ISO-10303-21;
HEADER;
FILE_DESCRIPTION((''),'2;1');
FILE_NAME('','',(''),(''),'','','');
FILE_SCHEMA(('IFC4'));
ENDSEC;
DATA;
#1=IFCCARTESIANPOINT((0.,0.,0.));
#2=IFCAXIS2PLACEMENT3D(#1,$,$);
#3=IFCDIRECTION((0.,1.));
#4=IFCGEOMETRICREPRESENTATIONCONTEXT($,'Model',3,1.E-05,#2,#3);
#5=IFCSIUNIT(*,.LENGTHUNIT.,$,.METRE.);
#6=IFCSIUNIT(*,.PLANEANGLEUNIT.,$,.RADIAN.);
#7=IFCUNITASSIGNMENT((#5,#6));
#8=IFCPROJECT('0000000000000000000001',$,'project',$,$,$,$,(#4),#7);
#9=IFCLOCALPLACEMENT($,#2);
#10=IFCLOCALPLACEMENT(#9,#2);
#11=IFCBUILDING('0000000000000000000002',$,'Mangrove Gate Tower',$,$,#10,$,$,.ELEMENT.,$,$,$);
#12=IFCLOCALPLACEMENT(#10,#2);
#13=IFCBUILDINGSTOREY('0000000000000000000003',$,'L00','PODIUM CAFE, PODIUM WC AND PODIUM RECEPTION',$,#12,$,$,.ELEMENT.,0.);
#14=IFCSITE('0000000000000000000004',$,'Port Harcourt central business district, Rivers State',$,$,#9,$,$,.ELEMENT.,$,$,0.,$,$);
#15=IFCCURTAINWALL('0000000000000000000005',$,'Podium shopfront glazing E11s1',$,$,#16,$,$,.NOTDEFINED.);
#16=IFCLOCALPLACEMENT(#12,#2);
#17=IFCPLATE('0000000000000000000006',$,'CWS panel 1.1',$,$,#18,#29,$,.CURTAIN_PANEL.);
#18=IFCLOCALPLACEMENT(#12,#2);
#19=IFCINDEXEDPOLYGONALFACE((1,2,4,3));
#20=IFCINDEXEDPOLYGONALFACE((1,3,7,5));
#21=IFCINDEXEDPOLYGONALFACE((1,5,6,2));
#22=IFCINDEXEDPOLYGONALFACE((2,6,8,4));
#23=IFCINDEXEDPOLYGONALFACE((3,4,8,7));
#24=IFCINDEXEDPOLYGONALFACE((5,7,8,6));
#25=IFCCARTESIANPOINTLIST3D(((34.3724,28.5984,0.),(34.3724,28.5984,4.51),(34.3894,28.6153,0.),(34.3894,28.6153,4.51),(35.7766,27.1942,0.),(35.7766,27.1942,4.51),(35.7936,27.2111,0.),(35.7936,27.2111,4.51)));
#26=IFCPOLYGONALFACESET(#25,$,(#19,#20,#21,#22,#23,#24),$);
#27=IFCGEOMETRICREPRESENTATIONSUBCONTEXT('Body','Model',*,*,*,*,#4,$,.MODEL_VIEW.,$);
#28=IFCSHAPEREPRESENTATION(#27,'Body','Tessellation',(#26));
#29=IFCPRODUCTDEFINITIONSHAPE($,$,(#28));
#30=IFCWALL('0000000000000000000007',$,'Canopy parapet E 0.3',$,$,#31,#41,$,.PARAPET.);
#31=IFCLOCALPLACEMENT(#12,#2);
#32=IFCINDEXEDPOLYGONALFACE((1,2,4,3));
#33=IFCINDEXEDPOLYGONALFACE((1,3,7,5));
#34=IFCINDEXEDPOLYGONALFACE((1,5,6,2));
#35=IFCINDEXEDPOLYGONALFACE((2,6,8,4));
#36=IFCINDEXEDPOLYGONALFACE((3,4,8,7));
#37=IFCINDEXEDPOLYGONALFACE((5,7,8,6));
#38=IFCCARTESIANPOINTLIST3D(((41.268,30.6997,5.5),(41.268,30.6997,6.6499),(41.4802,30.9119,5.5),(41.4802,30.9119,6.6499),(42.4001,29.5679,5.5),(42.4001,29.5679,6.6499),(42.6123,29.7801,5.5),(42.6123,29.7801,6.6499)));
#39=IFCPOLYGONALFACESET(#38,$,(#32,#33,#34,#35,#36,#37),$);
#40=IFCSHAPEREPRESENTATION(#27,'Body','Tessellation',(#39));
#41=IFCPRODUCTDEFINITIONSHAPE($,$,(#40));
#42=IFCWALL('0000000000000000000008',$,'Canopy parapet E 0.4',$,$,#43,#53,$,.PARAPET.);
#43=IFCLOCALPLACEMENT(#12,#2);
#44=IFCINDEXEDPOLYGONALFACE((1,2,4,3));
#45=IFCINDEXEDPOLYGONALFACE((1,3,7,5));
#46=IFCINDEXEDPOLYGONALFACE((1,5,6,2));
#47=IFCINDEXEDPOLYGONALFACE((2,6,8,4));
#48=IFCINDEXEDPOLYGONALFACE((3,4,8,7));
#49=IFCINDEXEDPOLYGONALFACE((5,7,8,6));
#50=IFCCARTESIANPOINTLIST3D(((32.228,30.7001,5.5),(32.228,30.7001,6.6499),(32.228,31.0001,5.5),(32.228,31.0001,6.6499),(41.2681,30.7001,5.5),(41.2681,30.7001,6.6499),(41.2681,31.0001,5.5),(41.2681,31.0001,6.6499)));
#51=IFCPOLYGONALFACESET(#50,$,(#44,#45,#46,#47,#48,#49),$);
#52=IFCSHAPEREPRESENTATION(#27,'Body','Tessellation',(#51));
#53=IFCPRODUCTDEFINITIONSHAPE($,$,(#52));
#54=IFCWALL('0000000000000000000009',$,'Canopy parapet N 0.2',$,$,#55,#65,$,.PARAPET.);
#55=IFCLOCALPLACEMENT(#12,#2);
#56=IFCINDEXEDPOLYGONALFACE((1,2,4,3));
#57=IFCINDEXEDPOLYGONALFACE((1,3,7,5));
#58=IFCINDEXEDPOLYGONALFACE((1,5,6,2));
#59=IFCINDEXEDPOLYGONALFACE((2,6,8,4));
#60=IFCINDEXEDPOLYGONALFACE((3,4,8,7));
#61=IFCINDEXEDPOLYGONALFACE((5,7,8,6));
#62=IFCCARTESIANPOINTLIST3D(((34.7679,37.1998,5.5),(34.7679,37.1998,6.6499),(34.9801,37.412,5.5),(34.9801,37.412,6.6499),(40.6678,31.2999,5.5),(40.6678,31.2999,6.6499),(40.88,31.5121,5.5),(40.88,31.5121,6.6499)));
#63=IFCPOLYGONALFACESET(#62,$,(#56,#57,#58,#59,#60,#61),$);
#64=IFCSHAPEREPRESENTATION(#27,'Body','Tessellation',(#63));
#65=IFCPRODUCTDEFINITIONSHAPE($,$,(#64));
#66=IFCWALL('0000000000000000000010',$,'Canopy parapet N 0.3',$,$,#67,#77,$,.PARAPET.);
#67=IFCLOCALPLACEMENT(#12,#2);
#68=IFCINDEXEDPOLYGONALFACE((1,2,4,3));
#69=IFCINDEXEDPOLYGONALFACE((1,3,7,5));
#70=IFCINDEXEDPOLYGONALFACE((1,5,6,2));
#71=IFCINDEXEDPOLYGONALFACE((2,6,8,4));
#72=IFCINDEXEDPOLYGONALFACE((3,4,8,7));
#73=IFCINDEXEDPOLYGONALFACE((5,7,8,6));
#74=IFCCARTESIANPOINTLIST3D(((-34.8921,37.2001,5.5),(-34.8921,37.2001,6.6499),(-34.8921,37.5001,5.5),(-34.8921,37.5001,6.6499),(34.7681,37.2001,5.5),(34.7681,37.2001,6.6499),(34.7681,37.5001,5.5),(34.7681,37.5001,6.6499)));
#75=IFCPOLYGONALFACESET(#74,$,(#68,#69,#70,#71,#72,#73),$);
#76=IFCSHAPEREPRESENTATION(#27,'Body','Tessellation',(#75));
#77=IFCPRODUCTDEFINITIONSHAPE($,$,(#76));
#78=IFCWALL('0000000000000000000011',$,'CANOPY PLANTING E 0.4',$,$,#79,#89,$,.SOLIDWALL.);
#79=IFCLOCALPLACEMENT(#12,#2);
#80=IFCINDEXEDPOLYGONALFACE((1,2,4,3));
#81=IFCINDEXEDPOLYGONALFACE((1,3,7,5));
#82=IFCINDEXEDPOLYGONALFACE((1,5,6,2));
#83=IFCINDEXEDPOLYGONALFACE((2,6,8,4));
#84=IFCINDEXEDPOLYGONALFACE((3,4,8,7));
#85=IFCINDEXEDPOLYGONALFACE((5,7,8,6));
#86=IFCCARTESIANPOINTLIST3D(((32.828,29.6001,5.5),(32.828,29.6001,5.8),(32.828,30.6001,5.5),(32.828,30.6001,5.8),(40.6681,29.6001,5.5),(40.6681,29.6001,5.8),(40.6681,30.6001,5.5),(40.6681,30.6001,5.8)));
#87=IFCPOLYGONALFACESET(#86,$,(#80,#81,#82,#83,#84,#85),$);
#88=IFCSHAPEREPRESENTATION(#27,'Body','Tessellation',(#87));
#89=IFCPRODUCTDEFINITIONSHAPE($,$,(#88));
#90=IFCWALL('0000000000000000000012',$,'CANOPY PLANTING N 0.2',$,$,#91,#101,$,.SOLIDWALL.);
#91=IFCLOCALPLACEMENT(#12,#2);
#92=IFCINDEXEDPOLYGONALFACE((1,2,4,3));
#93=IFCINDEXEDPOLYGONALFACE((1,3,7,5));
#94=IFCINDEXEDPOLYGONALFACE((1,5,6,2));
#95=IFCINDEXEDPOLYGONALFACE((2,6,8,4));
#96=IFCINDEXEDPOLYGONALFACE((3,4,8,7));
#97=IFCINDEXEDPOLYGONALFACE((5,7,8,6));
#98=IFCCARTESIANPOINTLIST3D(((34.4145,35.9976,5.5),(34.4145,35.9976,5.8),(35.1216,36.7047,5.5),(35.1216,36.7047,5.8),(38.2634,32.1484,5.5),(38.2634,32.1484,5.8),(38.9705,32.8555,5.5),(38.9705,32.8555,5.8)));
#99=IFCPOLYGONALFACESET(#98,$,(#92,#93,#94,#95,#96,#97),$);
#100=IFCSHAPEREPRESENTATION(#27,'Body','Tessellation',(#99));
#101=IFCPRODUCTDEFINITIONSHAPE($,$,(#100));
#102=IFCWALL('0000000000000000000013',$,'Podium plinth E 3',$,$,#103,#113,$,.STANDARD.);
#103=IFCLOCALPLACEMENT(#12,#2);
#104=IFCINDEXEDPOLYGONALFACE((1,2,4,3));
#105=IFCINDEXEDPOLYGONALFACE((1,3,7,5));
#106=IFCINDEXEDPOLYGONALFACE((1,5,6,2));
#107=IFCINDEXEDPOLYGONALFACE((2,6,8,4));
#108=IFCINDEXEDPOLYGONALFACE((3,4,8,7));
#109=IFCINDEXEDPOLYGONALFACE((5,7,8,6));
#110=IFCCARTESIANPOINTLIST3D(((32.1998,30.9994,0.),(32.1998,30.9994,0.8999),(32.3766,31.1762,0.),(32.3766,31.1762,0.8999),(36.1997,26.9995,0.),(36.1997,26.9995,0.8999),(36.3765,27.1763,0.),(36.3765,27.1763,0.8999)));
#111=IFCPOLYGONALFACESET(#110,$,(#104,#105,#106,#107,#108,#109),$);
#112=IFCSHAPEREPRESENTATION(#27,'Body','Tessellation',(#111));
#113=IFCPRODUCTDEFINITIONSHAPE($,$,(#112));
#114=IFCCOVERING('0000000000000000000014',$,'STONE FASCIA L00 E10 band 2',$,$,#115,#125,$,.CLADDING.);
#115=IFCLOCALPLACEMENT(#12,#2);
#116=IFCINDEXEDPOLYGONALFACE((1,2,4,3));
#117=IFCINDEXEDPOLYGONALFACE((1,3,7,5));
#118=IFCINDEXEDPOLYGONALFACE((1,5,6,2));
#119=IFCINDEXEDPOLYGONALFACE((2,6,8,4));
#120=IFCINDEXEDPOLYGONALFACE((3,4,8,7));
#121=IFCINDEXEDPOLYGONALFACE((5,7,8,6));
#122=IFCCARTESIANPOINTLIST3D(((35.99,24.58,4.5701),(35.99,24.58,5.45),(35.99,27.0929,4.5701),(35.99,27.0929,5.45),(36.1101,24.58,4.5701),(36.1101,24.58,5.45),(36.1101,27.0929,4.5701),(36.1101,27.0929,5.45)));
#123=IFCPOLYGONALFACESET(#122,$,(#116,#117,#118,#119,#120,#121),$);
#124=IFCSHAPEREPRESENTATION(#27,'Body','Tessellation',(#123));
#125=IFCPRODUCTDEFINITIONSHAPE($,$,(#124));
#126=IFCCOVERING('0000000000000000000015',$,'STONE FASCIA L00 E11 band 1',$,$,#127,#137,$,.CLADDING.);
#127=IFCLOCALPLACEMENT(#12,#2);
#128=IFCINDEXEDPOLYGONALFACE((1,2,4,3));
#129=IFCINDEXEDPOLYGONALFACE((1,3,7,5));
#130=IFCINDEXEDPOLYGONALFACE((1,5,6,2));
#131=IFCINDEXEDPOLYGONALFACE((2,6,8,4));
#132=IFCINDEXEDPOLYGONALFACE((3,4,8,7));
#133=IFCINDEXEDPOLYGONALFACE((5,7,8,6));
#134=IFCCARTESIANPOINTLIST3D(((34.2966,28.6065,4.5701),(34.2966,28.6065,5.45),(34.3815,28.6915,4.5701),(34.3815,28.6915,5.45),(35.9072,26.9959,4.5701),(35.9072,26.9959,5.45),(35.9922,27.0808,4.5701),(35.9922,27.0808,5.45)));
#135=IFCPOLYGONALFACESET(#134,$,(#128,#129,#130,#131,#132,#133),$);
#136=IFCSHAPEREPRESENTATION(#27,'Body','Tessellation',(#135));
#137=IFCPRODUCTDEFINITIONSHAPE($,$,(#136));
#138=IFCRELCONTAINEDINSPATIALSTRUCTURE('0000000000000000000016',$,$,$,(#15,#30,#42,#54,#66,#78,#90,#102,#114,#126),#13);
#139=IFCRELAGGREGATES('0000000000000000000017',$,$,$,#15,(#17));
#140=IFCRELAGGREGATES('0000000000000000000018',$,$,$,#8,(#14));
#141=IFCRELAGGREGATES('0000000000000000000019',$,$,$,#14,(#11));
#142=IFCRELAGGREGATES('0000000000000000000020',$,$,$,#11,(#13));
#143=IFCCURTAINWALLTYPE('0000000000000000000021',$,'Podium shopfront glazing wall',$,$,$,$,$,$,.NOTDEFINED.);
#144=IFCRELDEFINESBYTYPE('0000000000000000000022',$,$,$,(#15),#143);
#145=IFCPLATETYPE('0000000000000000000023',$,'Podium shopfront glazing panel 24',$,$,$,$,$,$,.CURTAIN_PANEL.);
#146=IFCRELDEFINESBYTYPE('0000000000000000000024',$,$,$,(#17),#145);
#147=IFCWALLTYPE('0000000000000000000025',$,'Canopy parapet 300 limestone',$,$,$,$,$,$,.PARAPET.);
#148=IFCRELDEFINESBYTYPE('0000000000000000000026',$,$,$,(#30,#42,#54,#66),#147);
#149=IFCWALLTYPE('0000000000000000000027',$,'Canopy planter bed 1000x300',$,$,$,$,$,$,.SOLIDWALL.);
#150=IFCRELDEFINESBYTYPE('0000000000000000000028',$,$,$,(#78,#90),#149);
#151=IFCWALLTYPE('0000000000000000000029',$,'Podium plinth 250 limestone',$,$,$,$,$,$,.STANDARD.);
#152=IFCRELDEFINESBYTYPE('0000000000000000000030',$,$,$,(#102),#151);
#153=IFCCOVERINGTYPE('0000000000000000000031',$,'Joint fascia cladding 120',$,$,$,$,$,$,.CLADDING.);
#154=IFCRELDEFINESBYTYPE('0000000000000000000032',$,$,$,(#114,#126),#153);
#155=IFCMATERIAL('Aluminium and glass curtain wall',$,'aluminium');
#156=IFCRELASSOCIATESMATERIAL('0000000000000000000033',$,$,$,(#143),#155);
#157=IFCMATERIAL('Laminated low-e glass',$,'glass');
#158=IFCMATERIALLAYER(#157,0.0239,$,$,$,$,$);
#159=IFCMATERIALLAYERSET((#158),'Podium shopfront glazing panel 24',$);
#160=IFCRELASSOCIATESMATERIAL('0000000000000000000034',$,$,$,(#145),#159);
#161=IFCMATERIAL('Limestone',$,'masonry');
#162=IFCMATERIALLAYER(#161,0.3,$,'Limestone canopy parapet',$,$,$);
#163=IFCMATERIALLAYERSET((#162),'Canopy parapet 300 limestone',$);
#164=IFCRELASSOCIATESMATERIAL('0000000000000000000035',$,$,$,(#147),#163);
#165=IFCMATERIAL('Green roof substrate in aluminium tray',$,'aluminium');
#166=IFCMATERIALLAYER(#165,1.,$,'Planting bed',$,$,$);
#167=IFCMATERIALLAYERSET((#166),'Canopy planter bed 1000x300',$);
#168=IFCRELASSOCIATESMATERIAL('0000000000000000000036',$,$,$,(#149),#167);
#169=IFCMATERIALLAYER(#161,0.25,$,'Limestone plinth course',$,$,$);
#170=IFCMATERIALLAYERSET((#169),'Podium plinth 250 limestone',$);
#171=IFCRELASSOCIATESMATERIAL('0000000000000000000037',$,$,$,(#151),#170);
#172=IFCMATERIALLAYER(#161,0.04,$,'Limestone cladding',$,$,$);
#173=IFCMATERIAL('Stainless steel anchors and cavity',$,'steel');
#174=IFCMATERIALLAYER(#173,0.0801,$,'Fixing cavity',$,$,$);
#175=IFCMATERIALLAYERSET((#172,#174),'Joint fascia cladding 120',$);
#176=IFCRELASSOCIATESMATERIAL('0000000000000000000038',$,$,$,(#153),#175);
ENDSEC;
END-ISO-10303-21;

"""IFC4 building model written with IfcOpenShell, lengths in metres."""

from ifc_helpers import new_model, si_unit, direction, frame, frame_2d, origin, origin_2d, place, context, subcontext, project, spatial, rectangle, extrude, material, layer, layer_set, type_object, element, aggregate, save


model = new_model("IFC4")

# Units and contexts
model_context = context("Model", 3, precision=1e-05, world=origin(), true_north=direction((0.0, 1.0)))
body_context = subcontext(model_context, "Body", "Model", "MODEL_VIEW")
ifc_project = project(units=[si_unit("LENGTHUNIT", "METRE"), si_unit("PLANEANGLEUNIT", "RADIAN")], contexts=[model_context])

# Site, building, storey
site_placement = place(None, origin())
site = spatial("IfcSite", under=ifc_project, at=site_placement, Name="Port Harcourt central business district, Rivers State", CompositionType="ELEMENT", RefElevation=0.0)
building_placement = place(site_placement, origin())
building = spatial("IfcBuilding", under=site, at=building_placement, Name="Mangrove Gate Tower", CompositionType="ELEMENT")
storey_placement = place(building_placement, origin())
storey = spatial("IfcBuildingStorey", under=building, at=storey_placement, Name="L00", Description="PODIUM CAFE, PODIUM WC AND PODIUM RECEPTION", CompositionType="ELEMENT", Elevation=0.0)

# Shared definitions
ifc_material_1 = material(Name="Aluminium and glass curtain wall", Category="aluminium")
curtain_wall_type = type_object("IfcCurtainWallType", Name="Podium shopfront glazing wall", PredefinedType="NOTDEFINED", material=ifc_material_1)

# Curtain wall
curtain_wall_1_placement = place(storey_placement, origin())
curtain_wall_1 = element("IfcCurtainWall", 1, at=curtain_wall_1_placement, inside=storey, type_object=curtain_wall_type, Name="Podium shopfront glazing E11s1", PredefinedType="NOTDEFINED")

# Plate
ifc_material_2 = material(Name="Laminated low-e glass", Category="glass")
ifc_layer_1 = layer(ifc_material_2, 0.0239)
ifc_layer_set_1 = layer_set([ifc_layer_1], Name="Podium shopfront glazing panel 24")
plate_type = type_object("IfcPlateType", Name="Podium shopfront glazing panel 24", PredefinedType="CURTAIN_PANEL", material=ifc_layer_set_1)
plate_1_placement = place(storey_placement, frame((35.083, 27.9048, 0.0), z_axis=(0.0, 0.0, 1.0), x_axis=(-0.707107, 0.707107, 0.0)))
plate_1 = element("IfcPlate", 2, at=plate_1_placement, type_object=plate_type, Name="CWS panel 1.1", PredefinedType="CURTAIN_PANEL", context=body_context, shape_type="SweptSolid", body=[
    extrude(rectangle(XDim=1.9858, YDim=0.0239, at=origin_2d()), origin(), (0.0, 0.0, 1.0), 4.51),
])
aggregate(curtain_wall_1, [plate_1])

# Walls
ifc_material_3 = material(Name="Limestone", Category="masonry")
ifc_layer_2 = layer(ifc_material_3, 0.3, Name="Limestone canopy parapet")
ifc_layer_set_2 = layer_set([ifc_layer_2], Name="Canopy parapet 300 limestone")
wall_type_1 = type_object("IfcWallType", Name="Canopy parapet 300 limestone", PredefinedType="PARAPET", material=ifc_layer_set_2)
wall_1_placement = place(storey_placement, frame((42.5061, 29.6741, 5.5), z_axis=(0.0, 0.0, 1.0), x_axis=(-0.707183, 0.707031, 0.0)))
element("IfcWall", 3, at=wall_1_placement, inside=storey, type_object=wall_type_1, Name="Canopy parapet E 0.3", PredefinedType="PARAPET", context=body_context, shape_type="SweptSolid", body=[
    extrude(rectangle(XDim=1.6008, YDim=0.3, at=frame_2d((0.8003, 0.0))), origin(), (0.0, 0.0, 1.0), 1.1499),
])
wall_2_placement = place(storey_placement, frame((41.2681, 30.8501, 5.5), z_axis=(0.0, 0.0, 1.0), x_axis=(-1.0, 0.0, 0.0)))
element("IfcWall", 4, at=wall_2_placement, inside=storey, type_object=wall_type_1, Name="Canopy parapet E 0.4", PredefinedType="PARAPET", context=body_context, shape_type="SweptSolid", body=[
    extrude(rectangle(XDim=9.04, YDim=0.3, at=frame_2d((4.52, 0.0))), origin(), (0.0, 0.0, 1.0), 1.1499),
])
wall_3_placement = place(storey_placement, frame((40.7739, 31.406, 5.5), z_axis=(0.0, 0.0, 1.0), x_axis=(-0.707107, 0.707107, 0.0)))
element("IfcWall", 5, at=wall_3_placement, inside=storey, type_object=wall_type_1, Name="Canopy parapet N 0.2", PredefinedType="PARAPET", context=body_context, shape_type="SweptSolid", body=[
    extrude(rectangle(XDim=8.3438, YDim=0.3, at=frame_2d((4.1719, 0.0))), origin(), (0.0, 0.0, 1.0), 1.1499),
])
wall_4_placement = place(storey_placement, frame((34.7681, 37.3501, 5.5), z_axis=(0.0, 0.0, 1.0), x_axis=(-1.0, 0.0, 0.0)))
element("IfcWall", 6, at=wall_4_placement, inside=storey, type_object=wall_type_1, Name="Canopy parapet N 0.3", PredefinedType="PARAPET", context=body_context, shape_type="SweptSolid", body=[
    extrude(rectangle(XDim=69.6602, YDim=0.3, at=frame_2d((34.8301, 0.0))), origin(), (0.0, 0.0, 1.0), 1.1499),
])
ifc_material_4 = material(Name="Green roof substrate in aluminium tray", Category="aluminium")
ifc_layer_3 = layer(ifc_material_4, 1.0, Name="Planting bed")
ifc_layer_set_3 = layer_set([ifc_layer_3], Name="Canopy planter bed 1000x300")
wall_type_2 = type_object("IfcWallType", Name="Canopy planter bed 1000x300", PredefinedType="SOLIDWALL", material=ifc_layer_set_3)
wall_5_placement = place(storey_placement, frame((40.668, 30.1001, 5.5), z_axis=(0.0, 0.0, 1.0), x_axis=(-1.0, 0.0, 0.0)))
element("IfcWall", 7, at=wall_5_placement, inside=storey, type_object=wall_type_2, Name="CANOPY PLANTING E 0.4", PredefinedType="SOLIDWALL", context=body_context, shape_type="SweptSolid", body=[
    extrude(rectangle(XDim=7.8401, YDim=1.0, at=frame_2d((3.9199, 0.0))), origin(), (0.0, 0.0, 1.0), 0.3),
])
wall_6_placement = place(storey_placement, frame((38.6169, 32.502, 5.5), z_axis=(0.0, 0.0, 1.0), x_axis=(-0.707084, 0.707129, 0.0)))
element("IfcWall", 8, at=wall_6_placement, inside=storey, type_object=wall_type_2, Name="CANOPY PLANTING N 0.2", PredefinedType="SOLIDWALL", context=body_context, shape_type="SweptSolid", body=[
    extrude(rectangle(XDim=5.4434, YDim=1.0, at=frame_2d((2.7217, 0.0))), origin(), (0.0, 0.0, 1.0), 0.3),
])
ifc_layer_4 = layer(ifc_material_3, 0.25, Name="Limestone plinth course")
ifc_layer_set_4 = layer_set([ifc_layer_4], Name="Podium plinth 250 limestone")
wall_type_3 = type_object("IfcWallType", Name="Podium plinth 250 limestone", PredefinedType="STANDARD", material=ifc_layer_set_4)
wall_7_placement = place(storey_placement, frame((36.2881, 27.0879, 0.0), z_axis=(0.0, 0.0, 1.0), x_axis=(-0.707107, 0.707107, 0.0)))
element("IfcWall", 9, at=wall_7_placement, inside=storey, type_object=wall_type_3, Name="Podium plinth E 3", PredefinedType="STANDARD", context=body_context, shape_type="SweptSolid", body=[
    extrude(rectangle(XDim=5.6567, YDim=0.25, at=frame_2d((2.8284, 0.0))), origin(), (0.0, 0.0, 1.0), 0.8999),
])

# Coverings
ifc_layer_5 = layer(ifc_material_3, 0.04, Name="Limestone cladding")
ifc_material_5 = material(Name="Stainless steel anchors and cavity", Category="steel")
ifc_layer_6 = layer(ifc_material_5, 0.0801, Name="Fixing cavity")
ifc_layer_set_5 = layer_set([ifc_layer_5, ifc_layer_6], Name="Joint fascia cladding 120")
covering_type = type_object("IfcCoveringType", Name="Joint fascia cladding 120", PredefinedType="CLADDING", material=ifc_layer_set_5)
covering_1_placement = place(storey_placement, frame((36.05, 24.5801, 4.5701), z_axis=(0.0, 0.0, 1.0), x_axis=(0.0, 1.0, 0.0)))
element("IfcCovering", 10, at=covering_1_placement, inside=storey, type_object=covering_type, Name="STONE FASCIA L00 E10 band 2", PredefinedType="CLADDING", context=body_context, shape_type="SweptSolid", body=[
    extrude(rectangle(XDim=2.5129, YDim=0.1201, at=frame_2d((1.2563, 0.0))), origin(), (0.0, 0.0, 1.0), 0.8799),
])
covering_2_placement = place(storey_placement, frame((35.9497, 27.0383, 4.5701), z_axis=(0.0, 0.0, 1.0), x_axis=(-0.707107, 0.707107, 0.0)))
element("IfcCovering", 11, at=covering_2_placement, inside=storey, type_object=covering_type, Name="STONE FASCIA L00 E11 band 1", PredefinedType="CLADDING", context=body_context, shape_type="SweptSolid", body=[
    extrude(rectangle(XDim=2.2778, YDim=0.1201, at=frame_2d((1.1389, 0.0))), origin(), (0.0, 0.0, 1.0), 0.8799),
])

save(model, "model.ifc")
